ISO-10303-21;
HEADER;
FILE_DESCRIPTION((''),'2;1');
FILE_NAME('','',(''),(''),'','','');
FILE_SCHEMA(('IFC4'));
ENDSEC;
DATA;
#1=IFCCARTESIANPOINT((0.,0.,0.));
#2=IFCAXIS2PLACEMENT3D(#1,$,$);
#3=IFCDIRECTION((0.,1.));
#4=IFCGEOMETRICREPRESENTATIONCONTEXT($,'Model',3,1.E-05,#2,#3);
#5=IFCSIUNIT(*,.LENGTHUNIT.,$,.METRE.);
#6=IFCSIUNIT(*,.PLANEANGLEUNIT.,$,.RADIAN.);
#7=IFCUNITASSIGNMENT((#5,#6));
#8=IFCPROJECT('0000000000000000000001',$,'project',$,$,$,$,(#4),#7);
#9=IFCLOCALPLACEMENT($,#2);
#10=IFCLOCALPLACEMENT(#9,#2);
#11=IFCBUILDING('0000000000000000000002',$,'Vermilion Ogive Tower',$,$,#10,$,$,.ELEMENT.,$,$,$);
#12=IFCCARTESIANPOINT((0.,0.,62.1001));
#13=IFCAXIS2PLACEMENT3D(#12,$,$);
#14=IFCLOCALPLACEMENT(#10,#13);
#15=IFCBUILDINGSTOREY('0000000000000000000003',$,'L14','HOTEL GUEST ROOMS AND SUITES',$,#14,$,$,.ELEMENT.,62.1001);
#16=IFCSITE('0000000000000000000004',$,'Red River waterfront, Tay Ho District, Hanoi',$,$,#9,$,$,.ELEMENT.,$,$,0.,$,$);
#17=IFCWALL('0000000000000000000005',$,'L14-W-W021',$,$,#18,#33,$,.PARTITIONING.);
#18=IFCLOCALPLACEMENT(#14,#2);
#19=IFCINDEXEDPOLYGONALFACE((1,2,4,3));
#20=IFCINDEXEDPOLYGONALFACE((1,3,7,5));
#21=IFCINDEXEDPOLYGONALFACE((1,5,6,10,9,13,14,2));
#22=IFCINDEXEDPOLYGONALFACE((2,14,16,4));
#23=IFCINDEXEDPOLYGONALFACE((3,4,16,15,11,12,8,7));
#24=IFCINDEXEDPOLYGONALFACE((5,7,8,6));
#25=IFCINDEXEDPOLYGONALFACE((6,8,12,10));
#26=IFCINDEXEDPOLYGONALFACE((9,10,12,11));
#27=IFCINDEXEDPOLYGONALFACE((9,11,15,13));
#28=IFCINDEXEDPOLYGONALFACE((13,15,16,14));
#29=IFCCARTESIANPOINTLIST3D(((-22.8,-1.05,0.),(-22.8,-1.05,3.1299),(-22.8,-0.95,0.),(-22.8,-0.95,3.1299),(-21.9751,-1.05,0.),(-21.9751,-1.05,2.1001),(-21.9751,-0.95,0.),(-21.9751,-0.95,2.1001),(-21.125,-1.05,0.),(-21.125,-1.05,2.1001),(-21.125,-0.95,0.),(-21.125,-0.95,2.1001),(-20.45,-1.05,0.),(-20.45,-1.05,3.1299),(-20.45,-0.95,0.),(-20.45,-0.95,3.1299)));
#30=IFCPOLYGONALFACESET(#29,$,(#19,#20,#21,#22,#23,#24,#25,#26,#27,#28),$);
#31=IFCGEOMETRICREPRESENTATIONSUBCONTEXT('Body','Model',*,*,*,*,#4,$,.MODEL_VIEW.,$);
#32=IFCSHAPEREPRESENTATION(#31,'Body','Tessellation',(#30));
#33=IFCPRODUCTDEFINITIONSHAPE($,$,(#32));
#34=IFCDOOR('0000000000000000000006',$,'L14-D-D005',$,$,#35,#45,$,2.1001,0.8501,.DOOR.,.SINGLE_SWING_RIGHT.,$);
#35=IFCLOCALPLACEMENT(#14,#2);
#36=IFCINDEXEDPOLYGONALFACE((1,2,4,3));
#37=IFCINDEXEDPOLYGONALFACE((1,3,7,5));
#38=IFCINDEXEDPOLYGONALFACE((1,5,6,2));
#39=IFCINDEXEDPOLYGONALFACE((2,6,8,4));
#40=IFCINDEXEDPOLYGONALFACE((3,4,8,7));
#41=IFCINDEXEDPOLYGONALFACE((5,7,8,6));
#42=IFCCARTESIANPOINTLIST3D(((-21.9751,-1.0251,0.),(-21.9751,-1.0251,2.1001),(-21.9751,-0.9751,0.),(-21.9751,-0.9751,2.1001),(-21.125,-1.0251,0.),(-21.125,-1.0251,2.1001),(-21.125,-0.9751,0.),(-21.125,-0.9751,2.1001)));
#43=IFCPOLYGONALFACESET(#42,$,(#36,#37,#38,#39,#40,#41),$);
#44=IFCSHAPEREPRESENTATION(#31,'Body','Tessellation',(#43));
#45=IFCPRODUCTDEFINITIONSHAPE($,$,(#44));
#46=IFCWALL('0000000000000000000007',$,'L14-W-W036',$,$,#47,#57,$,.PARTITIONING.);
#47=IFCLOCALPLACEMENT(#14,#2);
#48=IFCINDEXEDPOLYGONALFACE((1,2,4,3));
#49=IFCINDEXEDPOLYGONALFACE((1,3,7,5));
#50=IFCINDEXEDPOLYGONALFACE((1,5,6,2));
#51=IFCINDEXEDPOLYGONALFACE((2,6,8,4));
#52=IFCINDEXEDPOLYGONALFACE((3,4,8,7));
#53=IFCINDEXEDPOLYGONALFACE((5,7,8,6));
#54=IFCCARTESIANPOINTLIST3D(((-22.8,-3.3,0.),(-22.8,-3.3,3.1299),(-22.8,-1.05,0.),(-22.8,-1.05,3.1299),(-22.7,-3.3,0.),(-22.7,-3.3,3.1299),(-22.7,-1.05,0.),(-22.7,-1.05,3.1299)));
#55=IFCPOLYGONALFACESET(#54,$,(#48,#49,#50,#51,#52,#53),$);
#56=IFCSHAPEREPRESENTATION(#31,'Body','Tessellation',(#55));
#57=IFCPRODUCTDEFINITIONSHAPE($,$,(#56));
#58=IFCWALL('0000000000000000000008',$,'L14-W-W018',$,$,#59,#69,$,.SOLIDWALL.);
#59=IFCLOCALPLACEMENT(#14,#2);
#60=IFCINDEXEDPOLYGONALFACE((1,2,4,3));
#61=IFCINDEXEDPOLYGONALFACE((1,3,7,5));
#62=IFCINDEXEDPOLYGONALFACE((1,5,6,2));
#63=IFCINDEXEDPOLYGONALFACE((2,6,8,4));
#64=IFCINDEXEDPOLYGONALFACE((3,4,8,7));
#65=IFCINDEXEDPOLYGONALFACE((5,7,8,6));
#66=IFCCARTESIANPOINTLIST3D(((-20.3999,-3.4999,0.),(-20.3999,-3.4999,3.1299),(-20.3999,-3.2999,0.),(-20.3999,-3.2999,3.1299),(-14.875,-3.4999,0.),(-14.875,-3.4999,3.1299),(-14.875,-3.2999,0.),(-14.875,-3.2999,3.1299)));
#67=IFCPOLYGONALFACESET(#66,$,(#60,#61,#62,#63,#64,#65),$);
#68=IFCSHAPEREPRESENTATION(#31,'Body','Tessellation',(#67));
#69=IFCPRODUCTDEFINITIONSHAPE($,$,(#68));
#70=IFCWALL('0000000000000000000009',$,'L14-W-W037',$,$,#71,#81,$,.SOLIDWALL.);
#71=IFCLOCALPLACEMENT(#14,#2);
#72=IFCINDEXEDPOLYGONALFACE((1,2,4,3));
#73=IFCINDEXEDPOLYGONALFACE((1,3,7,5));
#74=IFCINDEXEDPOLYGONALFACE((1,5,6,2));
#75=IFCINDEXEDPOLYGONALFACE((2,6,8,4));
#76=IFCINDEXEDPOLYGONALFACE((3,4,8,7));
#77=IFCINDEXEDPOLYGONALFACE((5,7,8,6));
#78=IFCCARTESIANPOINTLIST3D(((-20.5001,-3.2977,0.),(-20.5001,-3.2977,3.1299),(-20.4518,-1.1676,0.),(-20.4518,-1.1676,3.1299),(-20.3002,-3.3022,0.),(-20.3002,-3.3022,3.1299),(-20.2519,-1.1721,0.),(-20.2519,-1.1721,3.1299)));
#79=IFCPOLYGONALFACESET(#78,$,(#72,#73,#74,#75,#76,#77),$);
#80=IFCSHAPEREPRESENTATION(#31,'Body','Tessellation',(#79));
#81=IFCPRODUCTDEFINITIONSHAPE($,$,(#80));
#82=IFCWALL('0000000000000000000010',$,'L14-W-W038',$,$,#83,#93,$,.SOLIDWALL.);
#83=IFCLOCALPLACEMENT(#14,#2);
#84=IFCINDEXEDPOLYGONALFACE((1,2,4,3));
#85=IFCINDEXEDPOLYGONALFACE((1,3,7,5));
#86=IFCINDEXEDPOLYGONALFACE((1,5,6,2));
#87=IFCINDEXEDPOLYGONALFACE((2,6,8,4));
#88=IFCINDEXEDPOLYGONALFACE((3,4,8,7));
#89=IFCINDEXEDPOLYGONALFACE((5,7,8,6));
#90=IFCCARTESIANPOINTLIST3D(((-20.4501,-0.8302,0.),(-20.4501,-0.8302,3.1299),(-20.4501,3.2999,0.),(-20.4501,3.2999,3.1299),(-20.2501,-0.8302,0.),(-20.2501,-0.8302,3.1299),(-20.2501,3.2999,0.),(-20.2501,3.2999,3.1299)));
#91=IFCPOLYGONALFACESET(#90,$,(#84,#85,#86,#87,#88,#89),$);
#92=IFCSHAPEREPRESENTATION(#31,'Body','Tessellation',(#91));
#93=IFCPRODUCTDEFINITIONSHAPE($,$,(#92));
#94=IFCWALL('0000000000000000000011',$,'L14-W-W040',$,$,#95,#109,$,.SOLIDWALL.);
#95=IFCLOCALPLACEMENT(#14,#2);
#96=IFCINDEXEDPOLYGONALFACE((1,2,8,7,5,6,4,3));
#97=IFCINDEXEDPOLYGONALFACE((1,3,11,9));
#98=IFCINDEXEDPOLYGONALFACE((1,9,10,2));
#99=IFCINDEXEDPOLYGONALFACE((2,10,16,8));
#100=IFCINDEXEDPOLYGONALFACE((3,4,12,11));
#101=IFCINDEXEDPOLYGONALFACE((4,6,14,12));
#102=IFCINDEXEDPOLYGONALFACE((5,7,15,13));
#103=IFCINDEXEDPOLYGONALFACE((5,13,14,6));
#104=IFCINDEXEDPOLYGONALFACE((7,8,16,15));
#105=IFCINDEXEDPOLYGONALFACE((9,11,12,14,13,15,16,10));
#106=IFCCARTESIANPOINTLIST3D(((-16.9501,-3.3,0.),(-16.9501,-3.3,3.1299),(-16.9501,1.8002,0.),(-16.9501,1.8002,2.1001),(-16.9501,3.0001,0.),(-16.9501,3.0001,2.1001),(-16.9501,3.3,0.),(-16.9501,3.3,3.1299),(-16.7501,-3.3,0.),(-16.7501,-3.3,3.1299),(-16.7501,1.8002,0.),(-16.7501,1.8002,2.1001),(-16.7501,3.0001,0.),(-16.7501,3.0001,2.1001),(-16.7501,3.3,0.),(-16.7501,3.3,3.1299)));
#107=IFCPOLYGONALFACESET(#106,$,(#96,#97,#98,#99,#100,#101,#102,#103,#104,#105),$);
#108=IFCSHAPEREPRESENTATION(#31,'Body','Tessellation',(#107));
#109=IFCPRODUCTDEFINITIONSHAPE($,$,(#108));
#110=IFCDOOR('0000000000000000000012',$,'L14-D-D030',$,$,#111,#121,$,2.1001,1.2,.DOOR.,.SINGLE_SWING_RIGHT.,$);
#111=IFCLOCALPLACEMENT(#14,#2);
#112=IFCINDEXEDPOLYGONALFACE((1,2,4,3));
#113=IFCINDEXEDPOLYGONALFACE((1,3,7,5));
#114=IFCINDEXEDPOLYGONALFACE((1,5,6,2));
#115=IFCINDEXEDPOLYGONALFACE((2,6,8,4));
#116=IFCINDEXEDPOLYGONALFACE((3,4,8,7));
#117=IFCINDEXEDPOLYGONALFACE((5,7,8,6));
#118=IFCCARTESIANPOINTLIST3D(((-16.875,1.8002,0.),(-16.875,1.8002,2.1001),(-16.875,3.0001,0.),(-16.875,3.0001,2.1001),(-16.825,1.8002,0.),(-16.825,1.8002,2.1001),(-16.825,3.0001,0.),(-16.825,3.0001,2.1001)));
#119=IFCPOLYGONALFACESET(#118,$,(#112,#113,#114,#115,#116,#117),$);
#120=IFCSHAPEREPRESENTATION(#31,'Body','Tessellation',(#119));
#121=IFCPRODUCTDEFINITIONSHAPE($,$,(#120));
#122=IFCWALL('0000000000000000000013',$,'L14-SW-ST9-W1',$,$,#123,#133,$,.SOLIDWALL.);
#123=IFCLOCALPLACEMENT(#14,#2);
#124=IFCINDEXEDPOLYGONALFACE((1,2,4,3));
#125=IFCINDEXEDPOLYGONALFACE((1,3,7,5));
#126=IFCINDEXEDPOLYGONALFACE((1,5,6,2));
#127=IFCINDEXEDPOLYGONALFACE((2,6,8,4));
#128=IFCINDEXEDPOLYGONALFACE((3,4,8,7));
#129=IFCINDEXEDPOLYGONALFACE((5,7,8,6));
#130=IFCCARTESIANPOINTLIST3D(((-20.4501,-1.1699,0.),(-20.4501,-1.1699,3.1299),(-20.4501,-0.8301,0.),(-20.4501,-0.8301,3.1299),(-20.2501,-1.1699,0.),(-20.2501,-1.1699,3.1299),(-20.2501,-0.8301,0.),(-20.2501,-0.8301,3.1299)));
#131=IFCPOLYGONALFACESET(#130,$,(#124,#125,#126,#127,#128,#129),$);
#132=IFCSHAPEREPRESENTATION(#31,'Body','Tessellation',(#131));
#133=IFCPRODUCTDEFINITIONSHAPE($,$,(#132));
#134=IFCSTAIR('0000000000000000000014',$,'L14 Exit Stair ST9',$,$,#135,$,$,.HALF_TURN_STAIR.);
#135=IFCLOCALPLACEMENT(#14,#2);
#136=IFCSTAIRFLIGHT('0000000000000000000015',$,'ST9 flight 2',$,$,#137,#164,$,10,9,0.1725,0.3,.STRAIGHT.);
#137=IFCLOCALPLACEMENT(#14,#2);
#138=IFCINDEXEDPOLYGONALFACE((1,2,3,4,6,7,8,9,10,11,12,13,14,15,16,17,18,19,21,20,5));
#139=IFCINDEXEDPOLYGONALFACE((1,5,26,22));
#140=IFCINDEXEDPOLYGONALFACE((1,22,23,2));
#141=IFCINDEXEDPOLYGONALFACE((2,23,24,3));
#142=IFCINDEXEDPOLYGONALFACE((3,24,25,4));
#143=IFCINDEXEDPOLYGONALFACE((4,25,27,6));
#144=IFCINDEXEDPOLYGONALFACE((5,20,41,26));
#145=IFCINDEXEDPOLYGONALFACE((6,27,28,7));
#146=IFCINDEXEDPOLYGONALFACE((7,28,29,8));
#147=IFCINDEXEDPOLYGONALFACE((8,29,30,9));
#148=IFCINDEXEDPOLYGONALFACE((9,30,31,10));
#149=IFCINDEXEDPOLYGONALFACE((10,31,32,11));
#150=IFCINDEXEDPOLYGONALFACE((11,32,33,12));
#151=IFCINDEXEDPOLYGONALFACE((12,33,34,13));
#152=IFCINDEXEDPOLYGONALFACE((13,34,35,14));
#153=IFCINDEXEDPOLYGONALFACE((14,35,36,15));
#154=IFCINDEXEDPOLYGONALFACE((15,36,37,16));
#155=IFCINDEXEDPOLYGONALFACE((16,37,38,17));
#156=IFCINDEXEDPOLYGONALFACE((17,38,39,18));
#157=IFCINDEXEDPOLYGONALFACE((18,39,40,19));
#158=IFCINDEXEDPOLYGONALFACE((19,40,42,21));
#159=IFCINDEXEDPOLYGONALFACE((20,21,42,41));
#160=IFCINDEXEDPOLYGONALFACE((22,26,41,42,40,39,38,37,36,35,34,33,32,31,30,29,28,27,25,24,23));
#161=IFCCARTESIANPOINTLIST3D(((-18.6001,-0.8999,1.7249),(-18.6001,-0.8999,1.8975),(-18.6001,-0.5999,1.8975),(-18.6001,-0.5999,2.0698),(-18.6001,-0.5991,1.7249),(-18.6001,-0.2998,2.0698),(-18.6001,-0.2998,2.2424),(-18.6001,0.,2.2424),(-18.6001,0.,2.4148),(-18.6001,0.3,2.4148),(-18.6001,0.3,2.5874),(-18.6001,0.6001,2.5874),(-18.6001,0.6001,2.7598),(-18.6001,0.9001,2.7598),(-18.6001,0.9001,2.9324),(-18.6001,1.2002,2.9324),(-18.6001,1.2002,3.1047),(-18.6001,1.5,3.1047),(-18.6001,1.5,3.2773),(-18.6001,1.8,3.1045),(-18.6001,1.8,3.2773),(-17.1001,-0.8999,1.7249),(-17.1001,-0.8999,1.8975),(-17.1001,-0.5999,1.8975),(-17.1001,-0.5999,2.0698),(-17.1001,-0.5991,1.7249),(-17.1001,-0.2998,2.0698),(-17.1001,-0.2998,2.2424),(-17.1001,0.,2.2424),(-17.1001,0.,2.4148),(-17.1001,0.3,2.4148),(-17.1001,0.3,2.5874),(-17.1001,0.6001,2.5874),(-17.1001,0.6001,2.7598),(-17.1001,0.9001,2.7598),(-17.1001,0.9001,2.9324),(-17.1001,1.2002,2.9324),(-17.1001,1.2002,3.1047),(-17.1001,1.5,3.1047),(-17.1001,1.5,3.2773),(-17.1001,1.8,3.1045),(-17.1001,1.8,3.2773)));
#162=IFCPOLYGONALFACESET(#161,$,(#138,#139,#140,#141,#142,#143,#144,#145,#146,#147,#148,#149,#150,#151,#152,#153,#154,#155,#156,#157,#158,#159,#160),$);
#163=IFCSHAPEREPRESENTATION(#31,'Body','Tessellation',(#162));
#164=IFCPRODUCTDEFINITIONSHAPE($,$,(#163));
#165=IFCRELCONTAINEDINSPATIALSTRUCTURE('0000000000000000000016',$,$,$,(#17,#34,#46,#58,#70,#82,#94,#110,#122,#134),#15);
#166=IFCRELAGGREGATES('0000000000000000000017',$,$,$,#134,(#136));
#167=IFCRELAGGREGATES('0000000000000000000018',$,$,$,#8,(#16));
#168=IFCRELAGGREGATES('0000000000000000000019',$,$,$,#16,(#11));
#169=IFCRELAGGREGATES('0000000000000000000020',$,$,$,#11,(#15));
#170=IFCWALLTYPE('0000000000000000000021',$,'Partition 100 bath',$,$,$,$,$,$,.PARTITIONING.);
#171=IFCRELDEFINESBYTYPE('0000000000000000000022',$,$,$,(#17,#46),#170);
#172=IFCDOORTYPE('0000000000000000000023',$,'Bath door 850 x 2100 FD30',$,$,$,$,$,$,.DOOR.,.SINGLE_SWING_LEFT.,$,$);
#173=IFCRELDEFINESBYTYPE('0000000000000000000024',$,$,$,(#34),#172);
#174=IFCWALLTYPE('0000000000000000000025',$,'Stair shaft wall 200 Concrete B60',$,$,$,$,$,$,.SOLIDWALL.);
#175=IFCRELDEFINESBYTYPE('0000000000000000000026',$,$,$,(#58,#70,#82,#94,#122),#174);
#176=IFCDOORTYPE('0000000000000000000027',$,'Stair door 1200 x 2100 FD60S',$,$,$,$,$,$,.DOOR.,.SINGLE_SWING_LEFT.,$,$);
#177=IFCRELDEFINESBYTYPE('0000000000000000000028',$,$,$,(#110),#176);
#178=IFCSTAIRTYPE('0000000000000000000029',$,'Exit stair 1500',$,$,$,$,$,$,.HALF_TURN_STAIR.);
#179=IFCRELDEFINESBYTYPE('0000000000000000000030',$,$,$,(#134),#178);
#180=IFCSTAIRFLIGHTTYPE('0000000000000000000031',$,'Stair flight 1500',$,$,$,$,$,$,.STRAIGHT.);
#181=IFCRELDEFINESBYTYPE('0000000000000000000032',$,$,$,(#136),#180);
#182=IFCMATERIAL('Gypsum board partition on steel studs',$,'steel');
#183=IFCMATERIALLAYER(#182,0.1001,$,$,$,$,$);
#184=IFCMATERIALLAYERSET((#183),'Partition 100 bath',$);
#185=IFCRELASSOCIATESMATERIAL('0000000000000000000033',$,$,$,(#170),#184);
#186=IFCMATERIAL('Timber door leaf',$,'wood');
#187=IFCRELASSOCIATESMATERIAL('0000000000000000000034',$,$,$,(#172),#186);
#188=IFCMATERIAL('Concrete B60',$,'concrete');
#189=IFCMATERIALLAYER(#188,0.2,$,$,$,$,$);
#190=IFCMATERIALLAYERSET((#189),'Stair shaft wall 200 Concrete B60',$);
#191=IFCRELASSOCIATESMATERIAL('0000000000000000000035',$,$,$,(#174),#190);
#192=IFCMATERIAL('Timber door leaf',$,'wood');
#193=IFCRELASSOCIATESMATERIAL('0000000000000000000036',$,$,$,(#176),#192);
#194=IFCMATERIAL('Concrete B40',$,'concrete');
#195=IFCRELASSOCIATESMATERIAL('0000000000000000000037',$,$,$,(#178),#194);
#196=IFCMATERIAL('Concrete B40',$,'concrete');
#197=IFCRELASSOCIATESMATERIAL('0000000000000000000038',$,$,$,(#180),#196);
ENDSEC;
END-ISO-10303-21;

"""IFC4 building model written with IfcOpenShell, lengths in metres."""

from ifc_helpers import new_model, si_unit, direction, frame, frame_2d, origin, place, context, subcontext, project, spatial, polyline, rectangle, outline, extrude, material, layer, layer_set, type_object, element, fill, aggregate, save


model = new_model("IFC4")

# Units and contexts
model_context = context("Model", 3, precision=1e-05, world=origin(), true_north=direction((0.0, 1.0)))
body_context = subcontext(model_context, "Body", "Model", "MODEL_VIEW")
ifc_project = project(units=[si_unit("LENGTHUNIT", "METRE"), si_unit("PLANEANGLEUNIT", "RADIAN")], contexts=[model_context])

# Site, building, storey
site_placement = place(None, origin())
site = spatial("IfcSite", under=ifc_project, at=site_placement, Name="Red River waterfront, Tay Ho District, Hanoi", CompositionType="ELEMENT", RefElevation=0.0)
building_placement = place(site_placement, origin())
building = spatial("IfcBuilding", under=site, at=building_placement, Name="Vermilion Ogive Tower", CompositionType="ELEMENT")
storey_placement = place(building_placement, frame((0.0, 0.0, 62.1001)))
storey = spatial("IfcBuildingStorey", under=building, at=storey_placement, Name="L14", Description="HOTEL GUEST ROOMS AND SUITES", CompositionType="ELEMENT", Elevation=62.1001)

# Shared definitions
ifc_material_1 = material(Name="Gypsum board partition on steel studs", Category="steel")
ifc_layer_1 = layer(ifc_material_1, 0.1001)
ifc_layer_set_1 = layer_set([ifc_layer_1], Name="Partition 100 bath")
wall_type_1 = type_object("IfcWallType", Name="Partition 100 bath", PredefinedType="PARTITIONING", material=ifc_layer_set_1)

# Wall, opening, door
wall_1_placement = place(storey_placement, frame((-22.8, -1.0, 0.0), z_axis=(0.0, 0.0, 1.0), x_axis=(1.0, 0.0, 0.0)))
wall_1 = element("IfcWall", 1, at=wall_1_placement, inside=storey, type_object=wall_type_1, Name="L14-W-W021", PredefinedType="PARTITIONING", context=body_context, shape_type="SweptSolid", body=[
    extrude(rectangle(XDim=2.3501, YDim=0.1001, at=frame_2d((1.175, 0.0))), origin(), (0.0, 0.0, 1.0), 3.1299),
])
opening_1_placement = place(wall_1_placement, frame((0.825, 0.0, 0.0)))
opening_1 = element("IfcOpeningElement", 2, at=opening_1_placement, cuts=wall_1, PredefinedType="OPENING", context=body_context, shape_type="SweptSolid", body=[
    extrude(rectangle(XDim=0.8501, YDim=2.1001, at=frame_2d((0.425, 1.05))), frame((0.0, 0.0601, 0.0), z_axis=(0.0, -1.0, 0.0), x_axis=(1.0, 0.0, 0.0)), (0.0, 0.0, 1.0), 0.1201),
])
ifc_material_2 = material(Name="Timber door leaf", Category="wood")
door_type_1 = type_object("IfcDoorType", Name="Bath door 850 x 2100 FD30", OperationType="SINGLE_SWING_LEFT", PredefinedType="DOOR", material=ifc_material_2)
door_1_placement = place(opening_1_placement, origin())
door_1 = element("IfcDoor", 3, at=door_1_placement, inside=storey, type_object=door_type_1, Name="L14-D-D005", OperationType="SINGLE_SWING_RIGHT", OverallHeight=2.1001, OverallWidth=0.8501, PredefinedType="DOOR", context=body_context, shape_type="SweptSolid", body=[
    extrude(rectangle(XDim=0.8501, YDim=2.1001, at=frame_2d((0.425, 1.05))), frame((0.0, 0.0249, 0.0), z_axis=(0.0, -1.0, 0.0), x_axis=(1.0, 0.0, 0.0)), (0.0, 0.0, 1.0), 0.05),
])
fill(opening_1, door_1)

# Walls
wall_2_placement = place(storey_placement, frame((-22.75, -3.3, 0.0), z_axis=(0.0, 0.0, 1.0), x_axis=(0.0, 1.0, 0.0)))
element("IfcWall", 4, at=wall_2_placement, inside=storey, type_object=wall_type_1, Name="L14-W-W036", PredefinedType="PARTITIONING", context=body_context, shape_type="SweptSolid", body=[
    extrude(rectangle(XDim=2.25, YDim=0.1001, at=frame_2d((1.125, 0.0))), origin(), (0.0, 0.0, 1.0), 3.1299),
])
ifc_material_3 = material(Name="Concrete B60", Category="concrete")
ifc_layer_2 = layer(ifc_material_3, 0.2)
ifc_layer_set_2 = layer_set([ifc_layer_2], Name="Stair shaft wall 200 Concrete B60")
wall_type_2 = type_object("IfcWallType", Name="Stair shaft wall 200 Concrete B60", PredefinedType="SOLIDWALL", material=ifc_layer_set_2)
wall_3_placement = place(storey_placement, frame((-20.3999, -3.3999, 0.0), z_axis=(0.0, 0.0, 1.0), x_axis=(1.0, 0.0, 0.0)))
element("IfcWall", 5, at=wall_3_placement, inside=storey, type_object=wall_type_2, Name="L14-W-W018", PredefinedType="SOLIDWALL", context=body_context, shape_type="SweptSolid", body=[
    extrude(rectangle(XDim=5.5249, YDim=0.2, at=frame_2d((2.7625, 0.0))), origin(), (0.0, 0.0, 1.0), 3.1299),
])
wall_4_placement = place(storey_placement, frame((-20.4001, -3.3, 0.0), z_axis=(0.0, 0.0, 1.0), x_axis=(0.022688, 0.999743, 0.0)))
element("IfcWall", 6, at=wall_4_placement, inside=storey, type_object=wall_type_2, Name="L14-W-W037", PredefinedType="SOLIDWALL", context=body_context, shape_type="SweptSolid", body=[
    extrude(rectangle(XDim=2.1306, YDim=0.2, at=frame_2d((1.0654, 0.0))), origin(), (0.0, 0.0, 1.0), 3.1299),
])
wall_5_placement = place(storey_placement, frame((-20.3501, -0.8301, 0.0), z_axis=(0.0, 0.0, 1.0), x_axis=(0.0, 1.0, 0.0)))
element("IfcWall", 7, at=wall_5_placement, inside=storey, type_object=wall_type_2, Name="L14-W-W038", PredefinedType="SOLIDWALL", context=body_context, shape_type="SweptSolid", body=[
    extrude(rectangle(XDim=4.1301, YDim=0.2, at=frame_2d((2.0649, 0.0))), origin(), (0.0, 0.0, 1.0), 3.1299),
])

# Wall, opening, door
wall_6_placement = place(storey_placement, frame((-16.8501, -3.3, 0.0), z_axis=(0.0, 0.0, 1.0), x_axis=(0.0, 1.0, 0.0)))
wall_6 = element("IfcWall", 8, at=wall_6_placement, inside=storey, type_object=wall_type_2, Name="L14-W-W040", PredefinedType="SOLIDWALL", context=body_context, shape_type="SweptSolid", body=[
    extrude(rectangle(XDim=6.6001, YDim=0.2, at=frame_2d((3.3, 0.0))), origin(), (0.0, 0.0, 1.0), 3.1299),
])
opening_2_placement = place(wall_6_placement, frame((5.1001, 0.0, 0.0)))
opening_2 = element("IfcOpeningElement", 9, at=opening_2_placement, cuts=wall_6, PredefinedType="OPENING", context=body_context, shape_type="SweptSolid", body=[
    extrude(rectangle(XDim=1.2, YDim=2.1001, at=frame_2d((0.6001, 1.05))), frame((0.0, 0.1099, 0.0), z_axis=(0.0, -1.0, 0.0), x_axis=(1.0, 0.0, 0.0)), (0.0, 0.0, 1.0), 0.22),
])
ifc_material_4 = material(Name="Timber door leaf", Category="wood")
door_type_2 = type_object("IfcDoorType", Name="Stair door 1200 x 2100 FD60S", OperationType="SINGLE_SWING_LEFT", PredefinedType="DOOR", material=ifc_material_4)
door_2_placement = place(opening_2_placement, origin())
door_2 = element("IfcDoor", 10, at=door_2_placement, inside=storey, type_object=door_type_2, Name="L14-D-D030", OperationType="SINGLE_SWING_RIGHT", OverallHeight=2.1001, OverallWidth=1.2, PredefinedType="DOOR", context=body_context, shape_type="SweptSolid", body=[
    extrude(rectangle(XDim=1.2, YDim=2.1001, at=frame_2d((0.6001, 1.05))), frame((0.0, 0.0249, 0.0), z_axis=(0.0, -1.0, 0.0), x_axis=(1.0, 0.0, 0.0)), (0.0, 0.0, 1.0), 0.05),
])
fill(opening_2, door_2)

# Wall
wall_7_placement = place(storey_placement, frame((-20.3501, -1.1699, 0.0), z_axis=(0.0, 0.0, 1.0), x_axis=(0.0, 1.0, 0.0)))
element("IfcWall", 11, at=wall_7_placement, inside=storey, type_object=wall_type_2, Name="L14-SW-ST9-W1", PredefinedType="SOLIDWALL", context=body_context, shape_type="SweptSolid", body=[
    extrude(rectangle(XDim=0.3398, YDim=0.2, at=frame_2d((0.1699, 0.0))), origin(), (0.0, 0.0, 1.0), 3.1299),
])

# Stair, stair flight
ifc_material_5 = material(Name="Concrete B40", Category="concrete")
stair_type = type_object("IfcStairType", Name="Exit stair 1500", PredefinedType="HALF_TURN_STAIR", material=ifc_material_5)
stair_placement = place(storey_placement, origin())
stair = element("IfcStair", 12, at=stair_placement, inside=storey, type_object=stair_type, Name="L14 Exit Stair ST9", PredefinedType="HALF_TURN_STAIR")
ifc_material_6 = material(Name="Concrete B40", Category="concrete")
stair_flight_type = type_object("IfcStairFlightType", Name="Stair flight 1500", PredefinedType="STRAIGHT", material=ifc_material_6)
stair_flight_placement = place(storey_placement, frame((-17.8501, -0.8999, 1.7249), z_axis=(0.0, 0.0, 1.0), x_axis=(0.0, 1.0, 0.0)))
stair_flight = element("IfcStairFlight", 13, at=stair_flight_placement, type_object=stair_flight_type, Name="ST9 flight 2", NumberOfRisers=10, NumberOfTreads=9, PredefinedType="STRAIGHT", RiserHeight=0.1725, TreadLength=0.3, context=body_context, shape_type="SweptSolid", body=[
    extrude(outline(polyline([(0.0, 0.0), (0.0, 0.1726), (0.3, 0.1726), (0.3, 0.345), (0.6001, 0.345), (0.6001, 0.5176), (0.8999, 0.5176), (0.8999, 0.6899), (1.2, 0.6899), (1.2, 0.8625), (1.5, 0.8625), (1.5, 1.0349), (1.8, 1.0349), (1.8, 1.2075), (2.1001, 1.2075), (2.1001, 1.3799), (2.3999, 1.3799), (2.3999, 1.5525), (2.7, 1.5525), (2.7, 1.7251), (2.7, 1.3796), (0.3008, 0.0), (0.0, 0.0)])), frame((0.0, 0.75, 0.0), z_axis=(0.0, -1.0, 0.0), x_axis=(1.0, 0.0, 0.0)), (0.0, 0.0, 1.0), 1.5),
])
aggregate(stair, [stair_flight])

save(model, "model.ifc")
